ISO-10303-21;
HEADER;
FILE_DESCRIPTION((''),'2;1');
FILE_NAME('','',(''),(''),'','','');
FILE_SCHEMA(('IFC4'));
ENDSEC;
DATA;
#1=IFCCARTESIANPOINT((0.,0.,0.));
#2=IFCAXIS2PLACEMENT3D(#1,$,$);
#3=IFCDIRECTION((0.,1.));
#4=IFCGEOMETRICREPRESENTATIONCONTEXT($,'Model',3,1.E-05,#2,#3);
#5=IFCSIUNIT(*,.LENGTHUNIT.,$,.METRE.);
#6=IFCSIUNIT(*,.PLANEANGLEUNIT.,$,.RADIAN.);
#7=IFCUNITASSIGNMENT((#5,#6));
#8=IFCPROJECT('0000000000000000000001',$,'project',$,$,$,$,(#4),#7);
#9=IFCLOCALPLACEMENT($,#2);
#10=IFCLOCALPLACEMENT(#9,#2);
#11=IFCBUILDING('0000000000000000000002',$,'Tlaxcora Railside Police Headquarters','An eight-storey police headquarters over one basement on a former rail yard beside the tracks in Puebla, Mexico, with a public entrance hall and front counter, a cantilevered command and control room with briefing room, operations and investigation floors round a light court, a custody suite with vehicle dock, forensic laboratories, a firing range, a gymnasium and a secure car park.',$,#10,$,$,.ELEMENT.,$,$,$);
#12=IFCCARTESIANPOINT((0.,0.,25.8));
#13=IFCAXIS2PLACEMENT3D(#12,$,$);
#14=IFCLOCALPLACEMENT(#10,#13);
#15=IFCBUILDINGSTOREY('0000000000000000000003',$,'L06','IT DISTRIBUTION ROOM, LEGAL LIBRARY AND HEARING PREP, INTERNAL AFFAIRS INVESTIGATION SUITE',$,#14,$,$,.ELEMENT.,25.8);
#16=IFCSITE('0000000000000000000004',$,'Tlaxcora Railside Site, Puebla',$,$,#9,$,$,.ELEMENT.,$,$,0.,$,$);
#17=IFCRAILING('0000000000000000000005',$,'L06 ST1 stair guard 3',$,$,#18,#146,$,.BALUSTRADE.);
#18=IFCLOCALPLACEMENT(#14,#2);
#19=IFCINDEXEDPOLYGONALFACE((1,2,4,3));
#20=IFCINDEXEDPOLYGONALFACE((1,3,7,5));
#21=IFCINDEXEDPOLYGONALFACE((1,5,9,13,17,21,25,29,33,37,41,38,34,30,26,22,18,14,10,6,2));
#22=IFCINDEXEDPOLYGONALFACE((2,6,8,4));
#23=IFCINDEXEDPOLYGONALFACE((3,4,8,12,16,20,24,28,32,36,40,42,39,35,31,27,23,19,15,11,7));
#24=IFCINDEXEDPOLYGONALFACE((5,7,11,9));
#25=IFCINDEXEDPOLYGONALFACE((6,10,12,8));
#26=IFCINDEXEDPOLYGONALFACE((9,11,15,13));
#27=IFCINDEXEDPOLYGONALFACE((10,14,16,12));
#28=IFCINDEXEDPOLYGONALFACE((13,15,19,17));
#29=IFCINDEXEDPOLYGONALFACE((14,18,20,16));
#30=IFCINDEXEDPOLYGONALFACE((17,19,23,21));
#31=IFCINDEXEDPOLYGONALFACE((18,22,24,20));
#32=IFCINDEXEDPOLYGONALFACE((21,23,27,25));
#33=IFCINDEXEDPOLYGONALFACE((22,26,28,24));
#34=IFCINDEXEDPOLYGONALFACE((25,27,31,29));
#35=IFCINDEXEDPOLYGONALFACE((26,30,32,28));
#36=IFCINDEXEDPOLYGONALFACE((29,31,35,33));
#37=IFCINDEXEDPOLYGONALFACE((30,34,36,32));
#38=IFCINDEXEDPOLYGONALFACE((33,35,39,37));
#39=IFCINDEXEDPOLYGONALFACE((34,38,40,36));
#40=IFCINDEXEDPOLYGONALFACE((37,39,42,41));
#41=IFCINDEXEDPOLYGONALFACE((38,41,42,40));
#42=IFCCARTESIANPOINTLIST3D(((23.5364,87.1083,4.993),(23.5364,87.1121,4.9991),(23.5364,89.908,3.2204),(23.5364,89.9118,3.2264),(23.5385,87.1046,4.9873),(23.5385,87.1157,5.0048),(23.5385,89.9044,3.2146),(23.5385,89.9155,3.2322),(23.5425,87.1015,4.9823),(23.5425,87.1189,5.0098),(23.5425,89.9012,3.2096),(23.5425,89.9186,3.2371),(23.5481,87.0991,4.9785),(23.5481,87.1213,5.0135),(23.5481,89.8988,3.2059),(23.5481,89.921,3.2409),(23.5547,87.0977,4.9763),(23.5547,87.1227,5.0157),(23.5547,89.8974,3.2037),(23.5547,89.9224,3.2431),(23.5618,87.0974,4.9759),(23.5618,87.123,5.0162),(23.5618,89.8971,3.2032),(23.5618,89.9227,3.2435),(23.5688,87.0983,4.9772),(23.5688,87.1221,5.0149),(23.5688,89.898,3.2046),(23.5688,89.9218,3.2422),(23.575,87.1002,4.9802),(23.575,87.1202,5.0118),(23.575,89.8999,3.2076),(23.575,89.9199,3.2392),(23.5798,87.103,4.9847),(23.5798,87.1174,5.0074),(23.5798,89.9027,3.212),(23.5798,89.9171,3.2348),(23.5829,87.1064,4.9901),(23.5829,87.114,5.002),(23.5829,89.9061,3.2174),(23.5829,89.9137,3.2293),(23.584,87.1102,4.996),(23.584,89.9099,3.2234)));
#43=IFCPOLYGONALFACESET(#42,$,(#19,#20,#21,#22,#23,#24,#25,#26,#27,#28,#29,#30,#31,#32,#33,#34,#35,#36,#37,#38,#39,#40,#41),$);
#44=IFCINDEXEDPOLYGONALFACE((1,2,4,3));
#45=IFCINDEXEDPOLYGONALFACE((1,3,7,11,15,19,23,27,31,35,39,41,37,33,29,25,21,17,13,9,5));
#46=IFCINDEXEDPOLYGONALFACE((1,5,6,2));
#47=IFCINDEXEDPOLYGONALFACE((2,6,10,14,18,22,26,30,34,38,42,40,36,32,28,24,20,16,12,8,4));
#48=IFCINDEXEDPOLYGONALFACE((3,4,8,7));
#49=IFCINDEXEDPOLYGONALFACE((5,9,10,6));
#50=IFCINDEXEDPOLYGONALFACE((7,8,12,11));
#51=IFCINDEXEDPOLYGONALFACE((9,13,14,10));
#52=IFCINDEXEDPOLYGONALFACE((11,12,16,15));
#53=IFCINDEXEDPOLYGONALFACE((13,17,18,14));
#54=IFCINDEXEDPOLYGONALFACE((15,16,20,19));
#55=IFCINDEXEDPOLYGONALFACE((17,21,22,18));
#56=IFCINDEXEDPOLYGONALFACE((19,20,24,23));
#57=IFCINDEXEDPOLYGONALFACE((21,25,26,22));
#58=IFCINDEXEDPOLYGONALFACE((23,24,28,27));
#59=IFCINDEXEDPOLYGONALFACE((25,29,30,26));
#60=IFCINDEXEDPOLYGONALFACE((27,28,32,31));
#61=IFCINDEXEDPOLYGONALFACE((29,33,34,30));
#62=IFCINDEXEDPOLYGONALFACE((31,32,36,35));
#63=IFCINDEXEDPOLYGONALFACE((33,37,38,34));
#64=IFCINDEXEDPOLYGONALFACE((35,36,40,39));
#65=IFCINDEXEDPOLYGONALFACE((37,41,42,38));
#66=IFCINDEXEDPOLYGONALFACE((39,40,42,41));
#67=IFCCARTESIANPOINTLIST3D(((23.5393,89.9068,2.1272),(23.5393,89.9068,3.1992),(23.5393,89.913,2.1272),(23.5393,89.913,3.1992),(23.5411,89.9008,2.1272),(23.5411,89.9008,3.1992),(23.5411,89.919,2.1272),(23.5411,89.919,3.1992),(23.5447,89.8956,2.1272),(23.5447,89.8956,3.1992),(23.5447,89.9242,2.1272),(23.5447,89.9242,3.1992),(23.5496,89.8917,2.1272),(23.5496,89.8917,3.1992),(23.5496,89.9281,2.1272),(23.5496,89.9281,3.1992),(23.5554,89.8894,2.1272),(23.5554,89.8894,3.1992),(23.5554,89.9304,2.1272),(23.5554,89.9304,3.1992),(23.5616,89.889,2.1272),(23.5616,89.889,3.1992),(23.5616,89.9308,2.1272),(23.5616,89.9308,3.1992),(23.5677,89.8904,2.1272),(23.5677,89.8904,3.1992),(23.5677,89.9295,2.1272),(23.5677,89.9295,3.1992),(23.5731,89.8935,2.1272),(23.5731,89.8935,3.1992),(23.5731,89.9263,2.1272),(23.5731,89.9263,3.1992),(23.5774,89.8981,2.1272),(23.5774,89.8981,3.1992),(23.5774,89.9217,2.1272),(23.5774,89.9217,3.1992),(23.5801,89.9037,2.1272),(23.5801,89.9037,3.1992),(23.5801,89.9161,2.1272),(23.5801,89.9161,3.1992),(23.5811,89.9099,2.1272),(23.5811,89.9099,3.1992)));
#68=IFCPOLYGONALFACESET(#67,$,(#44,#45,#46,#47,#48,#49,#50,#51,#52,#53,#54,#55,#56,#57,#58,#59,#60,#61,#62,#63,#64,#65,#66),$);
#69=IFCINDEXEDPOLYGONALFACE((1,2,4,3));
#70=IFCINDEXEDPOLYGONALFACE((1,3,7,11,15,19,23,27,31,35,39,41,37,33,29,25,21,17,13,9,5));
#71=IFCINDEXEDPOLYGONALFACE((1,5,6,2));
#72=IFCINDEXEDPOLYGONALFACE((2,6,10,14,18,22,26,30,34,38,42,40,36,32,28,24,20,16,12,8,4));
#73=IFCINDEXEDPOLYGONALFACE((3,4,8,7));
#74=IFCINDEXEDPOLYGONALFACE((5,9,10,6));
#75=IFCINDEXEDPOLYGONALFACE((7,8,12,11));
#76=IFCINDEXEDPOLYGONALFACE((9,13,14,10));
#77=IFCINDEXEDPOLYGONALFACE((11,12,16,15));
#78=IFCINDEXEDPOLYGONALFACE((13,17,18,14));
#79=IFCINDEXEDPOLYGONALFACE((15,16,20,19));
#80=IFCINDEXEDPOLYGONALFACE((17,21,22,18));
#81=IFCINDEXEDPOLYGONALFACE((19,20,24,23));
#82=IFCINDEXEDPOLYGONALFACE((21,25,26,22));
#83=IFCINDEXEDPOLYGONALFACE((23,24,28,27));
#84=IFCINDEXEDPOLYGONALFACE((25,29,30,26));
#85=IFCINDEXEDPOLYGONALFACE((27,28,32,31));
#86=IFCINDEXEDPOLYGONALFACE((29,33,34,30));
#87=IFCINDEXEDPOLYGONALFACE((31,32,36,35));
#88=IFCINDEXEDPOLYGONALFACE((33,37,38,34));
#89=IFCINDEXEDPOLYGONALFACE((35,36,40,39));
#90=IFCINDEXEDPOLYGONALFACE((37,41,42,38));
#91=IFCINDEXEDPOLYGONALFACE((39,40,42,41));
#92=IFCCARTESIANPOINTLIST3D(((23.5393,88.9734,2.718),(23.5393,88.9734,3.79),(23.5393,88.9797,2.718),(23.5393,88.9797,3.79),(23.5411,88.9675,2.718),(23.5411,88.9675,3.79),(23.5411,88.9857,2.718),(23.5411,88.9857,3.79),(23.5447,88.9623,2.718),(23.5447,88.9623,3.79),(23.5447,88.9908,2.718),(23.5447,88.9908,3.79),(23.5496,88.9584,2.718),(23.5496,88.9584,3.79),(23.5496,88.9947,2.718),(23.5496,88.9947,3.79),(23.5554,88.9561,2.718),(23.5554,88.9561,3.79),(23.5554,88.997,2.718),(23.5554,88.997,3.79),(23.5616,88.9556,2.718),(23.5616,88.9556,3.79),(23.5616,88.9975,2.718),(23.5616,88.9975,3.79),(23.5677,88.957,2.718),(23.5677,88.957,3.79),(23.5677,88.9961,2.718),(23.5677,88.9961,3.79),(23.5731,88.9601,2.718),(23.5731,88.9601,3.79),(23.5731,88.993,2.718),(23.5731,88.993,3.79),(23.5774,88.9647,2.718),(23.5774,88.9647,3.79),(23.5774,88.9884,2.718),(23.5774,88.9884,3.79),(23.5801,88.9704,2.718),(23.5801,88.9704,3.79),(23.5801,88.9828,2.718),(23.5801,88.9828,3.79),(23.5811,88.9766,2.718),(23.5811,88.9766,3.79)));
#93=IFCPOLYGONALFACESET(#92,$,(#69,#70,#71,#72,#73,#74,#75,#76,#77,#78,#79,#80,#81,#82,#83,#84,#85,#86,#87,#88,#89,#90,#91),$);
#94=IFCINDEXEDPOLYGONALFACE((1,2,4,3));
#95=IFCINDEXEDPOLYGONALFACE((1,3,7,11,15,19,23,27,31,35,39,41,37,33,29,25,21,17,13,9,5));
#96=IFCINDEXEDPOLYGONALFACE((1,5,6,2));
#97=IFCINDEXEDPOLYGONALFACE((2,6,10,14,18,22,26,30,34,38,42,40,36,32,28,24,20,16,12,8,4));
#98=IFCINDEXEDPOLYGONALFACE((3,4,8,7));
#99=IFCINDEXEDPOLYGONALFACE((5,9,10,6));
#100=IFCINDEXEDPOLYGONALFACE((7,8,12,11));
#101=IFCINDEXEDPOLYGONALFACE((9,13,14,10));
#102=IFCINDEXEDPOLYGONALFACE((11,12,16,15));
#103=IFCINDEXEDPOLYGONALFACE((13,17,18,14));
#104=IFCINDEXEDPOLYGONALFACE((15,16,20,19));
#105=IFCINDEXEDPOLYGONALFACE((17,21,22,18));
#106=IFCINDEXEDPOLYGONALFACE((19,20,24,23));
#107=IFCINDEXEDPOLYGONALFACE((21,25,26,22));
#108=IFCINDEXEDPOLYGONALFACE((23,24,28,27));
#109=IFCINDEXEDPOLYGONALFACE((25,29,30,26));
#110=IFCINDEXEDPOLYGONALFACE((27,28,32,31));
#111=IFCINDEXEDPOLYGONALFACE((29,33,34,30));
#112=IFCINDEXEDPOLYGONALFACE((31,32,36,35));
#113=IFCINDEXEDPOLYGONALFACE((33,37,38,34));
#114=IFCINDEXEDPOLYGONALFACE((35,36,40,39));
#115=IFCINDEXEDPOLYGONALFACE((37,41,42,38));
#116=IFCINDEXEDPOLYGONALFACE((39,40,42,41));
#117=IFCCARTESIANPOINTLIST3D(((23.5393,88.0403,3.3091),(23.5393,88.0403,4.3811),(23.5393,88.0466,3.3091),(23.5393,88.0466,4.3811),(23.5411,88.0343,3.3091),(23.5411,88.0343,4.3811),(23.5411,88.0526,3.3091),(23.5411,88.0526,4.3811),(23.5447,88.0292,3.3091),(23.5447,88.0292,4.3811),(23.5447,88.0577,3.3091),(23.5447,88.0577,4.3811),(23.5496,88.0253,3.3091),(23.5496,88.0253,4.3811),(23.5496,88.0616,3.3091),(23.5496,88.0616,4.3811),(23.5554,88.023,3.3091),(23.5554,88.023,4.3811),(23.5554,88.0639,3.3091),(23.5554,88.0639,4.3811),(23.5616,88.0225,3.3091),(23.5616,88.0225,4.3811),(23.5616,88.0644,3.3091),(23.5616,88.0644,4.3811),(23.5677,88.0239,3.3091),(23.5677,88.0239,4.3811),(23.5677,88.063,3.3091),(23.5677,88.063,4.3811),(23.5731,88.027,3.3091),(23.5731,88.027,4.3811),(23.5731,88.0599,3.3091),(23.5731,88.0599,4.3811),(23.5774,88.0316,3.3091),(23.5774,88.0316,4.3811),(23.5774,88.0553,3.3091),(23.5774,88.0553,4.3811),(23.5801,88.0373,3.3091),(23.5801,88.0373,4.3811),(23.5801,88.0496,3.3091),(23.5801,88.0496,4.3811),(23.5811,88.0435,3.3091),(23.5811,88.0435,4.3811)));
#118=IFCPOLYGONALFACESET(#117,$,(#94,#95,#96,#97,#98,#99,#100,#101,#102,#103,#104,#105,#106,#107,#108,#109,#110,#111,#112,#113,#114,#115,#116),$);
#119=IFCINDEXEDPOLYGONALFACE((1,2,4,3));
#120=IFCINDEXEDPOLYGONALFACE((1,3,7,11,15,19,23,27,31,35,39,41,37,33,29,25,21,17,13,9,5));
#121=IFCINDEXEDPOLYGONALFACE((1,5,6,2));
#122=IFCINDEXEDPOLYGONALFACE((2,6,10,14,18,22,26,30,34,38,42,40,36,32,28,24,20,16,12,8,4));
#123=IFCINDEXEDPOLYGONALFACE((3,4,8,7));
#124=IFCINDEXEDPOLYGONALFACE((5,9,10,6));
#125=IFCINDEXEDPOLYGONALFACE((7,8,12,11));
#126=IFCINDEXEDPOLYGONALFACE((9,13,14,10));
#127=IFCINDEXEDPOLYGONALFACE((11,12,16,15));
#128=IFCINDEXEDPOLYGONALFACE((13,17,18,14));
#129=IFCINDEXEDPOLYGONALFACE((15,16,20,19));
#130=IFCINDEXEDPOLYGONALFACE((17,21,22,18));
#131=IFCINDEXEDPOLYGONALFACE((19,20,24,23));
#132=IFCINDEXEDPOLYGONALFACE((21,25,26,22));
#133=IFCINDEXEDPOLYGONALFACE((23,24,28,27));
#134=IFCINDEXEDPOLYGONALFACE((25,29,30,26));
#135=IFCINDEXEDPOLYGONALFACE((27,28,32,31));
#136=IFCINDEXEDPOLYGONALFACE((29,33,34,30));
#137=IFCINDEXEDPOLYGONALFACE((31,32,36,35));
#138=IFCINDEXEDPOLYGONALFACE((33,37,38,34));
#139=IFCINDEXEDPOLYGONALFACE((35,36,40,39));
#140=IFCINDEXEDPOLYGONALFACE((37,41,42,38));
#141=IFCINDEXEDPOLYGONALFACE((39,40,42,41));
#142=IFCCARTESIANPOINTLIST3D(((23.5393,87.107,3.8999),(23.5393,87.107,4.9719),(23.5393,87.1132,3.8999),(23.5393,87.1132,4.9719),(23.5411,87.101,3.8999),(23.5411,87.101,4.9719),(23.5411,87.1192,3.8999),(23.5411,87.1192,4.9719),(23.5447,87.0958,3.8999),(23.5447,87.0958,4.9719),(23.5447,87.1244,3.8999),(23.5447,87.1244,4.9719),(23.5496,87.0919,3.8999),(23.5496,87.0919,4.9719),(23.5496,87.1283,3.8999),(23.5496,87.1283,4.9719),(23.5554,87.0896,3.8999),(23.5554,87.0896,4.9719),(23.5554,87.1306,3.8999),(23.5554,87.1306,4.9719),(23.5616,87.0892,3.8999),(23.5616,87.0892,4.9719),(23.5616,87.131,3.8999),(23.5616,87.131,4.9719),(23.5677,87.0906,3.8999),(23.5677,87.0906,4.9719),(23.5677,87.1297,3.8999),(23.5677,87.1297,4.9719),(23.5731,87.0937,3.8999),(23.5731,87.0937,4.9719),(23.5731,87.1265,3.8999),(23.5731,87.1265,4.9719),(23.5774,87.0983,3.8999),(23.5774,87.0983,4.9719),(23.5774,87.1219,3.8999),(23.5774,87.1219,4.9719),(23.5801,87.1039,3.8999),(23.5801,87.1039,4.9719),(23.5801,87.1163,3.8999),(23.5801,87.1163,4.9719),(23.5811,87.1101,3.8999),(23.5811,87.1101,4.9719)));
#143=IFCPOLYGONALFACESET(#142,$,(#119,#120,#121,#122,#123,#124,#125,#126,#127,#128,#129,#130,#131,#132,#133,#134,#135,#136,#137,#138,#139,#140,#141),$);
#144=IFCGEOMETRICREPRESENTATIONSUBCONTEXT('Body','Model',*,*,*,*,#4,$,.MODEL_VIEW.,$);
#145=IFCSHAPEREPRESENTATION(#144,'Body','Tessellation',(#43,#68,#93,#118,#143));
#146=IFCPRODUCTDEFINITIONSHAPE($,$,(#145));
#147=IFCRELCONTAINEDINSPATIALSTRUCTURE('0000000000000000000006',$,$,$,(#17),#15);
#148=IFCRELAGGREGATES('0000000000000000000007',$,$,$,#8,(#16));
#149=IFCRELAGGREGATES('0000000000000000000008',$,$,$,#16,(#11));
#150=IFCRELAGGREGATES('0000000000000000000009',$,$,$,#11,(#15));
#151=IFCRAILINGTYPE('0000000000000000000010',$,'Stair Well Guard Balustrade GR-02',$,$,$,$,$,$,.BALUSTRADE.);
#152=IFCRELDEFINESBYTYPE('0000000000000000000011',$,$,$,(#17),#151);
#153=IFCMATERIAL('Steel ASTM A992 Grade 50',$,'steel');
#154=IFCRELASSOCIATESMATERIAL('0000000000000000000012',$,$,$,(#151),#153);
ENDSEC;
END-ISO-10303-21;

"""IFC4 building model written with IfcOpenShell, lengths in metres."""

from ifc_helpers import new_model, si_unit, direction, frame, origin, origin_2d, place, context, subcontext, project, spatial, circle, extrude, material, type_object, element, save


model = new_model("IFC4")

# Units and contexts
model_context = context("Model", 3, precision=1e-05, world=origin(), true_north=direction((0.0, 1.0)))
body_context = subcontext(model_context, "Body", "Model", "MODEL_VIEW")
ifc_project = project(units=[si_unit("LENGTHUNIT", "METRE"), si_unit("PLANEANGLEUNIT", "RADIAN")], contexts=[model_context])

# Site, building, storey
site_placement = place(None, origin())
site = spatial("IfcSite", under=ifc_project, at=site_placement, Name="Tlaxcora Railside Site, Puebla", CompositionType="ELEMENT", RefElevation=0.0)
building_placement = place(site_placement, origin())
building = spatial("IfcBuilding", under=site, at=building_placement, Name="Tlaxcora Railside Police Headquarters", Description="An eight-storey police headquarters over one basement on a former rail yard beside the tracks in Puebla, Mexico, with a public entrance hall and front counter, a cantilevered command and control room with briefing room, operations and investigation floors round a light court, a custody suite with vehicle dock, forensic laboratories, a firing range, a gymnasium and a secure car park.", CompositionType="ELEMENT")
storey_placement = place(building_placement, frame((0.0, 0.0, 25.8)))
storey = spatial("IfcBuildingStorey", under=building, at=storey_placement, Name="L06", Description="IT DISTRIBUTION ROOM, LEGAL LIBRARY AND HEARING PREP, INTERNAL AFFAIRS INVESTIGATION SUITE", CompositionType="ELEMENT", Elevation=25.8)

# Shared definitions
ifc_material_1 = material(Name="Steel ASTM A992 Grade 50", Category="steel")

# Railing
railing_type_1 = type_object("IfcRailingType", Name="Stair Well Guard Balustrade GR-02", PredefinedType="BALUSTRADE", material=ifc_material_1)
railing_1_placement = place(storey_placement, frame((23.5601, 89.9099, 2.1272)))
element("IfcRailing", 1, at=railing_1_placement, inside=storey, type_object=railing_type_1, Name="L06 ST1 stair guard 3", PredefinedType="BALUSTRADE", context=body_context, shape_type="SweptSolid", body=[
    extrude(circle(Radius=0.0239, at=origin_2d()), frame((0.0, 0.0, 1.0962), z_axis=(0.0, -0.844888, 0.534943), x_axis=(1.0, 0.0, 0.0)), (0.0, 0.0, 1.0), 3.3137),
    extrude(circle(Radius=0.021, at=origin_2d()), origin(), (0.0, 0.0, 1.0), 1.072),
    extrude(circle(Radius=0.021, at=origin_2d()), frame((0.0, -0.9333, 0.5908)), (0.0, 0.0, 1.0), 1.072),
    extrude(circle(Radius=0.021, at=origin_2d()), frame((0.0, -1.8665, 1.1819)), (0.0, 0.0, 1.0), 1.072),
    extrude(circle(Radius=0.021, at=origin_2d()), frame((0.0, -2.7998, 1.7727)), (0.0, 0.0, 1.0), 1.072),
])

save(model, "model.ifc")
